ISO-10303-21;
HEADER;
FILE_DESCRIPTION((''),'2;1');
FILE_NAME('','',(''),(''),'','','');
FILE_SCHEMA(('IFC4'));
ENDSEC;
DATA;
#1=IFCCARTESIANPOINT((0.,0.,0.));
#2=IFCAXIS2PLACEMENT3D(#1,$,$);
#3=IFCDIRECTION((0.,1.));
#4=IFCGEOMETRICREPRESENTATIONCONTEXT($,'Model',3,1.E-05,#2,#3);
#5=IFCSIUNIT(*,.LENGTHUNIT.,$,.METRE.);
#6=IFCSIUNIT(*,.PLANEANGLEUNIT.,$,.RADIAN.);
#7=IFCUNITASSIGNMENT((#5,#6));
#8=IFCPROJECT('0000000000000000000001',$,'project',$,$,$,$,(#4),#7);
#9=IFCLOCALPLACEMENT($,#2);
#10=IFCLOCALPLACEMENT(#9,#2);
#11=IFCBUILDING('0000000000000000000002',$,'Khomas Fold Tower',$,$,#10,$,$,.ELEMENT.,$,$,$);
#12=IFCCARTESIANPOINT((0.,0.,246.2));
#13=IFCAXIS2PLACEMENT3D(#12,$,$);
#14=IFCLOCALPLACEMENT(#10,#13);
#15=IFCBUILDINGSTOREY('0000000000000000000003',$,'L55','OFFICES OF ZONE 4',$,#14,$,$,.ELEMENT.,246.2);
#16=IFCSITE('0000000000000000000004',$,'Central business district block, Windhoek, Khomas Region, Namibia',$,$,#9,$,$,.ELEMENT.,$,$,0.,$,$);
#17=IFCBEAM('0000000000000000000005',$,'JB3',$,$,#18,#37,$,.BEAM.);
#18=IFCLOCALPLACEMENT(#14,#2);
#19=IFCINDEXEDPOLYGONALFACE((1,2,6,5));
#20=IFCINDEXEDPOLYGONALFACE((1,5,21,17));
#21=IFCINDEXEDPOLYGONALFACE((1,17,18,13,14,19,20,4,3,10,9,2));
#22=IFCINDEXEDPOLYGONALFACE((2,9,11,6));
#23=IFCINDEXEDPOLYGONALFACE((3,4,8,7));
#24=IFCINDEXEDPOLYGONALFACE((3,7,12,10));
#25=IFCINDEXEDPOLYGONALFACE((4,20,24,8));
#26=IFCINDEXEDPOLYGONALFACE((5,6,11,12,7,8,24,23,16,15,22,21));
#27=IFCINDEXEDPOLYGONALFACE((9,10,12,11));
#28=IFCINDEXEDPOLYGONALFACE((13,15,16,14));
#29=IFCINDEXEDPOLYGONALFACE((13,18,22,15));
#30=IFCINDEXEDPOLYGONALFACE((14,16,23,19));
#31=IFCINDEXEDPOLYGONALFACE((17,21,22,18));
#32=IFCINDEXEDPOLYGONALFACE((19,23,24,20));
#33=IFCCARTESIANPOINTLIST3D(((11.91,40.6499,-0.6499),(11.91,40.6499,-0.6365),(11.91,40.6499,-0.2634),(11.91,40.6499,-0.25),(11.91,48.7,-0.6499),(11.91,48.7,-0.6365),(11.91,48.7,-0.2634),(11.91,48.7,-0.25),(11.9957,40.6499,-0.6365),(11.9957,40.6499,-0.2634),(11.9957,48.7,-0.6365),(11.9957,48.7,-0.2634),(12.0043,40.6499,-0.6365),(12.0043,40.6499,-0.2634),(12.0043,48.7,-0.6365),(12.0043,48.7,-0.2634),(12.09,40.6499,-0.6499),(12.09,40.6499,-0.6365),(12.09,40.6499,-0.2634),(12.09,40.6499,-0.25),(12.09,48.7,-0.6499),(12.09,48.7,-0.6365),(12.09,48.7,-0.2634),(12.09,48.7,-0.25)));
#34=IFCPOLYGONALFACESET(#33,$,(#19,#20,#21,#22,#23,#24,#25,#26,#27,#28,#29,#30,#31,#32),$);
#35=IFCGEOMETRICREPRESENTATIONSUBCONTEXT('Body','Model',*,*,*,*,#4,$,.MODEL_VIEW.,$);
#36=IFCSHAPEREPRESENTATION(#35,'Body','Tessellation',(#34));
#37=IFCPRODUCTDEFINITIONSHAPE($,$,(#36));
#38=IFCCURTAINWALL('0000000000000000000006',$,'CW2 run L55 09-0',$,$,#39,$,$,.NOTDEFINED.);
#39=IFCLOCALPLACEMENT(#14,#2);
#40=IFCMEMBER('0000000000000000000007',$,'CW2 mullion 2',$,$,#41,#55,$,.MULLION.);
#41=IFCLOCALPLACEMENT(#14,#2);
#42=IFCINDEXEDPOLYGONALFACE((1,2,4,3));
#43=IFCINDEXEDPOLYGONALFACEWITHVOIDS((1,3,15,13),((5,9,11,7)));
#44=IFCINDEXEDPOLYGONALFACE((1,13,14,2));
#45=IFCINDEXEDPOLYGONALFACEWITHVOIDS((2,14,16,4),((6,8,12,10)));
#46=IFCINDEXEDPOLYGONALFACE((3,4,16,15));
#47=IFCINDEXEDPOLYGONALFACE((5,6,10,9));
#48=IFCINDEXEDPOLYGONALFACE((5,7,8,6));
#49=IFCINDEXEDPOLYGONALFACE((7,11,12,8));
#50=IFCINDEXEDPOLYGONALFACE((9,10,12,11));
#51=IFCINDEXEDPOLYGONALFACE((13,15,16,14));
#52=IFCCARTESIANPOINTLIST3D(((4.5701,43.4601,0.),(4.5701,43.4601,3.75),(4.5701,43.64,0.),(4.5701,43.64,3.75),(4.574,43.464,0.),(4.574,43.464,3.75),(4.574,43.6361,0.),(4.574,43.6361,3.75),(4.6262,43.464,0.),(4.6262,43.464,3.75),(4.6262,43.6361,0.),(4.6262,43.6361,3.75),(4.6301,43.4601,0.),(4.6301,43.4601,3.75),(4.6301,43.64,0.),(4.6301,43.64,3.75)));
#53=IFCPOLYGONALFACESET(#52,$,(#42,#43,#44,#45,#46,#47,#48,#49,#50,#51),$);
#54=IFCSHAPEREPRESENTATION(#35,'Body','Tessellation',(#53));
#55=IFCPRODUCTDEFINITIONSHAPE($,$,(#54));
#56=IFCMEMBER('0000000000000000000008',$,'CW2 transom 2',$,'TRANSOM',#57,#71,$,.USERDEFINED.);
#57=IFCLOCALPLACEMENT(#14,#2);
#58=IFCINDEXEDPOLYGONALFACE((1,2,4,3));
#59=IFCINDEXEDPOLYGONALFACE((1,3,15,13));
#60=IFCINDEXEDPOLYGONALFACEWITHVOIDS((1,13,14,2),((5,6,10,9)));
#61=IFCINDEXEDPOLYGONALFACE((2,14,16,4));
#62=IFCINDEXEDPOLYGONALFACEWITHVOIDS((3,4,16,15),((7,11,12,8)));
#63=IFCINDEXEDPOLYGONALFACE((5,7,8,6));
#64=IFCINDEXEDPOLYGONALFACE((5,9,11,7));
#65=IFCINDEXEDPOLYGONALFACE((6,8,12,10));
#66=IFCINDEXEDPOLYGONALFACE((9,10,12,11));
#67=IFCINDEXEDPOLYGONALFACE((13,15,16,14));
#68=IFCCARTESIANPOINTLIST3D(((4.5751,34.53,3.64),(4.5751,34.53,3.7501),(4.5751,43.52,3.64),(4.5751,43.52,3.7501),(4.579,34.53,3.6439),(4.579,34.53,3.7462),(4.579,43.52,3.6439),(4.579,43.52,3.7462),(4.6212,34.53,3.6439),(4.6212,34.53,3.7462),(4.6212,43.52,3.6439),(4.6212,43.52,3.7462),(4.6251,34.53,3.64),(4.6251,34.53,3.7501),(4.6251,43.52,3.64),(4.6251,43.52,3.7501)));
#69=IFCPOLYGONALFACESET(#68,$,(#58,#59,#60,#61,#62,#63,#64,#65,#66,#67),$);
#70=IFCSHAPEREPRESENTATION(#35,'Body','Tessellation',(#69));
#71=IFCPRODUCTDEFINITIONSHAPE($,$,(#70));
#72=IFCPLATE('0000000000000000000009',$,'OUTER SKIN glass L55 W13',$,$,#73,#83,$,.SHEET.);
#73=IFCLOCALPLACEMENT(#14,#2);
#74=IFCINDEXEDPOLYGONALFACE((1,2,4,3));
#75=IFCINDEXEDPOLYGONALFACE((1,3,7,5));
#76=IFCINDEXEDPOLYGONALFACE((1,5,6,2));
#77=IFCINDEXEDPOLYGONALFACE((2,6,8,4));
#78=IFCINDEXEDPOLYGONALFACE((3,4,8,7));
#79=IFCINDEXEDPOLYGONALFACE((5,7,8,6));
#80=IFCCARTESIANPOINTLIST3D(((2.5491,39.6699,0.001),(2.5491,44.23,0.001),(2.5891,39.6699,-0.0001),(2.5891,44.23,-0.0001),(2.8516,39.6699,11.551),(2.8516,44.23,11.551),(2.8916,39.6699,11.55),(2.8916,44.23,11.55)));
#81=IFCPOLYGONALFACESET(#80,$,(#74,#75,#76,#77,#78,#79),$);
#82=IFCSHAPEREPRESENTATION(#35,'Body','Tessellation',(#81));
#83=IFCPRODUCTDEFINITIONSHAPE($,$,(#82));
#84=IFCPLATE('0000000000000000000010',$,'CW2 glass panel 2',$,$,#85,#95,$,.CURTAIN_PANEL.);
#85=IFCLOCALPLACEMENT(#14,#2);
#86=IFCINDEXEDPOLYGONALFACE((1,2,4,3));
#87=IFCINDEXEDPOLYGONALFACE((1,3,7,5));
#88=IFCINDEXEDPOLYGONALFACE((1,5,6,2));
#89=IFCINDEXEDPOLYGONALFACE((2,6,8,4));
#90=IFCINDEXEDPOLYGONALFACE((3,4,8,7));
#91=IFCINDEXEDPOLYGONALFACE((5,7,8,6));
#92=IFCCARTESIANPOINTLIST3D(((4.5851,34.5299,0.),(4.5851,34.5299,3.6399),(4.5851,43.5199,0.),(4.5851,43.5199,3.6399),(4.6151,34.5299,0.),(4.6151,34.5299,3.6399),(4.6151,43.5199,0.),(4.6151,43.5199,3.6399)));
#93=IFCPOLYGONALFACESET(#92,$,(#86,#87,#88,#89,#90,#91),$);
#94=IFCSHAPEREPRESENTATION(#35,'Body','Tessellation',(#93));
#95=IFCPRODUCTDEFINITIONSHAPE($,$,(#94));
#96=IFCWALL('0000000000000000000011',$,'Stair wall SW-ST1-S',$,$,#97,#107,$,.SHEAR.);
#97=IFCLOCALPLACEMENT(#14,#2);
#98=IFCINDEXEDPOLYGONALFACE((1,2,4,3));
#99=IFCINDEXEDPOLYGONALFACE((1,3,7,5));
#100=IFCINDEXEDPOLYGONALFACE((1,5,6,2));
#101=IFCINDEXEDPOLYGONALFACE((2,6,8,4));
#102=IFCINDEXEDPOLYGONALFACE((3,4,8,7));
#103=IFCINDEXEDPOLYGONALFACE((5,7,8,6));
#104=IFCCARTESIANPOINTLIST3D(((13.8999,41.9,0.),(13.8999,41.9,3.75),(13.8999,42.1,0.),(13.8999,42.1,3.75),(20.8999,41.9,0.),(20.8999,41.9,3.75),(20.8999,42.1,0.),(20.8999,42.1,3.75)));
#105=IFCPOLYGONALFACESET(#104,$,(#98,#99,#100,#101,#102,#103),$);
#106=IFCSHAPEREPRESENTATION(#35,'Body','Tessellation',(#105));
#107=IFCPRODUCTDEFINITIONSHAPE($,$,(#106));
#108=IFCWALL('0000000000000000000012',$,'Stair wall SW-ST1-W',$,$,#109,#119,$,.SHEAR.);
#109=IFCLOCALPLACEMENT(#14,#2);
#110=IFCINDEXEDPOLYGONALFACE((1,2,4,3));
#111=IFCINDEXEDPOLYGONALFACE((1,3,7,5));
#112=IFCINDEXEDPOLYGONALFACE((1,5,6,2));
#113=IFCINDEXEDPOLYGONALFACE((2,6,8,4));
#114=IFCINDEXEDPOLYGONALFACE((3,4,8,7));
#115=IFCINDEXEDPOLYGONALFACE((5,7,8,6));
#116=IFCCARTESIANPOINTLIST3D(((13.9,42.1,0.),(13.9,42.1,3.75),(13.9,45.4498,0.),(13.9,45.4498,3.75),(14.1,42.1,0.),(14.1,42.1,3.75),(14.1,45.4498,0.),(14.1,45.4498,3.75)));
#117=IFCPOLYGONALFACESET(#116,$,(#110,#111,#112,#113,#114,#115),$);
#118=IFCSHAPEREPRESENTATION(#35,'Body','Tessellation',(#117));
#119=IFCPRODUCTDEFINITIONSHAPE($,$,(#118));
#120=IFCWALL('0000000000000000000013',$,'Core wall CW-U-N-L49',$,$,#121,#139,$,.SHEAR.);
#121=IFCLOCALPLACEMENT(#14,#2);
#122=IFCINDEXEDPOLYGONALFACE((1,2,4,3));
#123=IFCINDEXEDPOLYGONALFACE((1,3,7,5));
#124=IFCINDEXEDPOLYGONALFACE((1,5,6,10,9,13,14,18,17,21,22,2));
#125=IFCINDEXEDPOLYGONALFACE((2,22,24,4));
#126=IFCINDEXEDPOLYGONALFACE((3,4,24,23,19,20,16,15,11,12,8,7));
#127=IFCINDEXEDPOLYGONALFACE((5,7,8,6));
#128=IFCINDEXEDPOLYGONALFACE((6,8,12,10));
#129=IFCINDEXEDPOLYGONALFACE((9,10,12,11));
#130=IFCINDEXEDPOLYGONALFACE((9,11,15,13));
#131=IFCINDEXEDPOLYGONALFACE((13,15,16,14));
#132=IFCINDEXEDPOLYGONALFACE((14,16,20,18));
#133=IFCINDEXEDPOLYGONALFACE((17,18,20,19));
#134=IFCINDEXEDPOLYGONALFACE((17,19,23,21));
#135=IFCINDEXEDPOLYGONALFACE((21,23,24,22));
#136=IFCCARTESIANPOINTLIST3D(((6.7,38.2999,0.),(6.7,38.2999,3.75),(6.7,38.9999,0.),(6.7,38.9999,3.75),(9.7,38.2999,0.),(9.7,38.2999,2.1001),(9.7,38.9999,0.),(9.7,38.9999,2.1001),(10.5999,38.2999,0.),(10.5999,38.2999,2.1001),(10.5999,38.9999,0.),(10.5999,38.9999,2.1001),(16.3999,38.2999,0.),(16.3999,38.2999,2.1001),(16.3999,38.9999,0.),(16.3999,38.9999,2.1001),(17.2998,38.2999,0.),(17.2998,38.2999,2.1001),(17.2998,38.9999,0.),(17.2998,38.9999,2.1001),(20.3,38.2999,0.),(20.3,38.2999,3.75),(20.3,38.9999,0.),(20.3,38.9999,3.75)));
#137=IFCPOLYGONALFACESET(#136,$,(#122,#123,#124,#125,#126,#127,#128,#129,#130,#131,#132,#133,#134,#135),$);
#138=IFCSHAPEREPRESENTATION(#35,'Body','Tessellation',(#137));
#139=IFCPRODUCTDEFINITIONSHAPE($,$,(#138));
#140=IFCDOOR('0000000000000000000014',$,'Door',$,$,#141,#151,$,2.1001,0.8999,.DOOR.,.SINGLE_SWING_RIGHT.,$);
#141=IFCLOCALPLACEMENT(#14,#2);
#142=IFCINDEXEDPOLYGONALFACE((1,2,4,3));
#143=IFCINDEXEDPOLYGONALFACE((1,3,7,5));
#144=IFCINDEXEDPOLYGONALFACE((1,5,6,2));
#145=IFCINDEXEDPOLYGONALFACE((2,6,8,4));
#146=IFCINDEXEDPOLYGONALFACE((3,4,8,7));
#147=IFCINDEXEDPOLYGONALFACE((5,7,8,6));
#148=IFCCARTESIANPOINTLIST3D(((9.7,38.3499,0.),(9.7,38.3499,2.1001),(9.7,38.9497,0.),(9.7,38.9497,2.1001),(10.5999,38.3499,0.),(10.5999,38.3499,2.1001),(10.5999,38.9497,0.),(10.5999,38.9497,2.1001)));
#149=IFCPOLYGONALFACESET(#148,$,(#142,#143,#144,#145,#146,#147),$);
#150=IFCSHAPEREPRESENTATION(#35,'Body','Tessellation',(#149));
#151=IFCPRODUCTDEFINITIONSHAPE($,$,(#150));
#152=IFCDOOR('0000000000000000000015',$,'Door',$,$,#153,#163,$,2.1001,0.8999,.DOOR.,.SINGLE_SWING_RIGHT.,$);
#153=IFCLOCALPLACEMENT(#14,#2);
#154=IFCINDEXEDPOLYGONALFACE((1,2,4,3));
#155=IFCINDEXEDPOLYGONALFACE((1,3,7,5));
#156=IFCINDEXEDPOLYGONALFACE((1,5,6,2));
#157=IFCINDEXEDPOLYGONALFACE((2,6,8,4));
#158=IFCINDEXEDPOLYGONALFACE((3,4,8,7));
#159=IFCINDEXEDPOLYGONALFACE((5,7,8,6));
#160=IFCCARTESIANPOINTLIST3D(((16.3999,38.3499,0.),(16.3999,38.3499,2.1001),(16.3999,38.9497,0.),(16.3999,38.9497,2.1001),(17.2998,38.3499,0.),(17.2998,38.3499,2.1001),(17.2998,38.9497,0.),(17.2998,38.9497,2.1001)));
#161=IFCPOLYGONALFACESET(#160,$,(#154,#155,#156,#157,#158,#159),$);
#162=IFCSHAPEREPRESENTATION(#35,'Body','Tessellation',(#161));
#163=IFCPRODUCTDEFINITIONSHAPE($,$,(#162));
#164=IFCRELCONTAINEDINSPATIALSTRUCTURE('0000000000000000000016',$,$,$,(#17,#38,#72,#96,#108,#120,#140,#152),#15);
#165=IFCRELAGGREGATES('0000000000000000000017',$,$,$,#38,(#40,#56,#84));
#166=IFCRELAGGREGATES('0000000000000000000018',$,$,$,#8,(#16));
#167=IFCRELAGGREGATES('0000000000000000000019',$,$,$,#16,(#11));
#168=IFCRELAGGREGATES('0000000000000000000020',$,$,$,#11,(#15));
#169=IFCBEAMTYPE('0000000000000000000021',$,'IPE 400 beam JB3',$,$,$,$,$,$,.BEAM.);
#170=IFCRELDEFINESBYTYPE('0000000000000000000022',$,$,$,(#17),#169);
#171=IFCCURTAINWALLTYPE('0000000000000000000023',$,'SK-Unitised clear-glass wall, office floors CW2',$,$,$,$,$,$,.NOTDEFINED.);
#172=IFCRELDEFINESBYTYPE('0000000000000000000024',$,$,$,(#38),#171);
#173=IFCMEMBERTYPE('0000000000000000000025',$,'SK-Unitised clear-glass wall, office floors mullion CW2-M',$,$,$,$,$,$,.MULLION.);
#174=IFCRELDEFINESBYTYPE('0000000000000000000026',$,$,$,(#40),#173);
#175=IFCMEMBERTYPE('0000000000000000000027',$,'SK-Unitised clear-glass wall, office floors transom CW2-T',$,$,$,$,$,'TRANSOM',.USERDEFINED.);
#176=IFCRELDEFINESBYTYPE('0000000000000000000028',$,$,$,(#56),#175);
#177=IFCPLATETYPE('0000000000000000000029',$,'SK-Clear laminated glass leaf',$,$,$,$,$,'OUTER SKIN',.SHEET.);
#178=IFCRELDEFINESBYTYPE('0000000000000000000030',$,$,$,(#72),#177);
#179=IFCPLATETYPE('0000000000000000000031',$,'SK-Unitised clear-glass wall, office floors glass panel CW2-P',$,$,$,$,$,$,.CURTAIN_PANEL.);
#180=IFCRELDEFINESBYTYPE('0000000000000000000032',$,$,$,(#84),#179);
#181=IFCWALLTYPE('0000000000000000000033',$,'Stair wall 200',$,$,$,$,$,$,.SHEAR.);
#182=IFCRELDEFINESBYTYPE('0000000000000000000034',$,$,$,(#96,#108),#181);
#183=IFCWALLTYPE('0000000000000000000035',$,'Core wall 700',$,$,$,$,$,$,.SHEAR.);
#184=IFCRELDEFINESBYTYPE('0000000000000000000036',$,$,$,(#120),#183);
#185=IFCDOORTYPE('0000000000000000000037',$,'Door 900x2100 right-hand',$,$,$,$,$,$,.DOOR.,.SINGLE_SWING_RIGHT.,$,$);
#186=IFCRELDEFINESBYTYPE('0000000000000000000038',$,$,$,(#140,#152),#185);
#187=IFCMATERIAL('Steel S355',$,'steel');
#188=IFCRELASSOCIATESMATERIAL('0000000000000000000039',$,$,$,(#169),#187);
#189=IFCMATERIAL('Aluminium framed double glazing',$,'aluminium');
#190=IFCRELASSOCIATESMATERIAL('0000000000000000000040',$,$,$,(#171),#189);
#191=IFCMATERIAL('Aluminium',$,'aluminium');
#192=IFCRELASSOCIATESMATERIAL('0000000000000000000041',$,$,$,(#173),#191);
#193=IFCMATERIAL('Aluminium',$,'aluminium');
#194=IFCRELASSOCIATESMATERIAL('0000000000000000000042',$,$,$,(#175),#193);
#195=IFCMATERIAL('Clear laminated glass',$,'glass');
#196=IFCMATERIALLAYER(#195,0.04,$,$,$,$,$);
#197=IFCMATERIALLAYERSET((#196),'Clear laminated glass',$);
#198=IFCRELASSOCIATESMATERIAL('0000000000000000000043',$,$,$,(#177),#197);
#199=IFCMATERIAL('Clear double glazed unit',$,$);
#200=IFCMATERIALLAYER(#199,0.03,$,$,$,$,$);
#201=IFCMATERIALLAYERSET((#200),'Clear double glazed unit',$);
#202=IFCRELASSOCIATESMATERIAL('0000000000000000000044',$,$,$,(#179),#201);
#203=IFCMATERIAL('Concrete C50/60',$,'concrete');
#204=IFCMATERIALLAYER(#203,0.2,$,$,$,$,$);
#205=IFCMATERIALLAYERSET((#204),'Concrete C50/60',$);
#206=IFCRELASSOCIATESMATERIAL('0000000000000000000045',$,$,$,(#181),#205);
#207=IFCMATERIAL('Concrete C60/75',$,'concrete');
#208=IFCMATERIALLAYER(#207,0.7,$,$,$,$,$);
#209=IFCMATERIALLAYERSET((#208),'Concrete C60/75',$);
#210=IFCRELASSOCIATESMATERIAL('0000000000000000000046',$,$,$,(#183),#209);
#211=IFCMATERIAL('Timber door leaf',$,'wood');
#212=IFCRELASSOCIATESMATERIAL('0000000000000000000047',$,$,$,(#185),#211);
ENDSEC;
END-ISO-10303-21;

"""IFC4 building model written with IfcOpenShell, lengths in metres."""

from ifc_helpers import new_model, si_unit, direction, frame, frame_2d, origin, origin_2d, place, context, subcontext, project, spatial, polyline, rectangle, hollow_rectangle, i_section, outline, extrude, source, transform, mapped, material, layer, layer_set, material_profile, profile_set, type_object, element, fill, aggregate, save


model = new_model("IFC4")

# Units and contexts
model_context = context("Model", 3, precision=1e-05, world=origin(), true_north=direction((0.0, 1.0)))
body_context = subcontext(model_context, "Body", "Model", "MODEL_VIEW")
ifc_project = project(units=[si_unit("LENGTHUNIT", "METRE"), si_unit("PLANEANGLEUNIT", "RADIAN")], contexts=[model_context])

# Site, building, storey
site_placement = place(None, origin())
site = spatial("IfcSite", under=ifc_project, at=site_placement, Name="Central business district block, Windhoek, Khomas Region, Namibia", CompositionType="ELEMENT", RefElevation=0.0)
building_placement = place(site_placement, origin())
building = spatial("IfcBuilding", under=site, at=building_placement, Name="Khomas Fold Tower", CompositionType="ELEMENT")
storey_placement = place(building_placement, frame((0.0, 0.0, 246.2)))
storey = spatial("IfcBuildingStorey", under=building, at=storey_placement, Name="L55", Description="OFFICES OF ZONE 4", CompositionType="ELEMENT", Elevation=246.2)

# Beam
ifc_material_1 = material(Name="Steel S355", Category="steel")
ifc_material_profile_1 = material_profile(ifc_material_1, i_section(OverallWidth=0.1799, OverallDepth=0.3999, WebThickness=0.0085, FlangeThickness=0.0134, at=origin_2d()), Name="IPE 400")
ifc_profile_set_1 = profile_set([ifc_material_profile_1], Name="Steel S355")
beam_type_1 = type_object("IfcBeamType", Name="IPE 400 beam JB3", PredefinedType="BEAM", material=ifc_profile_set_1)
shared_shape_1 = source(origin(), body_context, "Body", "SweptSolid", [
    extrude(i_section(OverallWidth=0.1799, OverallDepth=0.3999, WebThickness=0.0085, FlangeThickness=0.0134, at=origin_2d()), origin(), (0.0, 0.0, 1.0), 8.05),
])
beam_1_placement = place(storey_placement, frame((12.0, 40.6499, -0.45), z_axis=(0.0, 1.0, 0.0), x_axis=(-1.0, 0.0, 0.0)))
element("IfcBeam", 1, at=beam_1_placement, inside=storey, type_object=beam_type_1, Name="JB3", PredefinedType="BEAM", context=body_context, shape_type="MappedRepresentation", body=[
    mapped(shared_shape_1, transform((0.0, 0.0, 0.0))),
])

# Curtain wall, members
ifc_material_2 = material(Name="Aluminium framed double glazing", Category="aluminium")
curtain_wall_type = type_object("IfcCurtainWallType", Name="SK-Unitised clear-glass wall, office floors CW2", PredefinedType="NOTDEFINED", material=ifc_material_2)
curtain_wall_placement = place(storey_placement, origin())
curtain_wall = element("IfcCurtainWall", 2, at=curtain_wall_placement, inside=storey, type_object=curtain_wall_type, Name="CW2 run L55 09-0", PredefinedType="NOTDEFINED")
ifc_material_3 = material(Name="Aluminium", Category="aluminium")
ifc_material_profile_2 = material_profile(ifc_material_3, hollow_rectangle(XDim=0.0601, YDim=0.1799, WallThickness=0.0039, at=origin_2d()), Name="SK-Unitised clear-glass wall, office floors mullion CW2-M")
ifc_profile_set_2 = profile_set([ifc_material_profile_2], Name="Aluminium")
member_type_1 = type_object("IfcMemberType", Name="SK-Unitised clear-glass wall, office floors mullion CW2-M", PredefinedType="MULLION", material=ifc_profile_set_2)
shared_shape_2 = source(origin(), body_context, "Body", "SweptSolid", [
    extrude(hollow_rectangle(XDim=0.0601, YDim=0.1799, WallThickness=0.0039, at=origin_2d()), origin(), (0.0, 0.0, 1.0), 3.75),
])
member_1_placement = place(storey_placement, frame((4.6001, 43.55, 0.0), z_axis=(0.0, 0.0, 1.0), x_axis=(1.0, 0.0, 0.0)))
member_1 = element("IfcMember", 3, at=member_1_placement, type_object=member_type_1, Name="CW2 mullion 2", PredefinedType="MULLION", context=body_context, shape_type="MappedRepresentation", body=[
    mapped(shared_shape_2, transform((0.0, 0.0, 0.0))),
])
ifc_material_4 = material(Name="Aluminium", Category="aluminium")
ifc_material_profile_3 = material_profile(ifc_material_4, hollow_rectangle(XDim=0.05, YDim=0.1101, WallThickness=0.0039, at=origin_2d()), Name="SK-Unitised clear-glass wall, office floors transom CW2-T")
ifc_profile_set_3 = profile_set([ifc_material_profile_3], Name="Aluminium")
member_type_2 = type_object("IfcMemberType", Name="SK-Unitised clear-glass wall, office floors transom CW2-T", ElementType="TRANSOM", PredefinedType="USERDEFINED", material=ifc_profile_set_3)
shared_shape_3 = source(origin(), body_context, "Body", "SweptSolid", [
    extrude(hollow_rectangle(XDim=0.05, YDim=0.1101, WallThickness=0.0039, at=origin_2d()), origin(), (0.0, 0.0, 1.0), 8.99),
])
member_2_placement = place(storey_placement, frame((4.6001, 43.52, 3.6951), z_axis=(0.0, -1.0, 0.0), x_axis=(1.0, 0.0, 0.0)))
member_2 = element("IfcMember", 4, at=member_2_placement, type_object=member_type_2, Name="CW2 transom 2", ObjectType="TRANSOM", PredefinedType="USERDEFINED", context=body_context, shape_type="MappedRepresentation", body=[
    mapped(shared_shape_3, transform((0.0, 0.0, 0.0))),
])

# Plates
ifc_material_5 = material(Name="Clear laminated glass", Category="glass")
ifc_layer_1 = layer(ifc_material_5, 0.04)
ifc_layer_set_1 = layer_set([ifc_layer_1], Name="Clear laminated glass")
plate_type_1 = type_object("IfcPlateType", Name="SK-Clear laminated glass leaf", ElementType="OUTER SKIN", PredefinedType="SHEET", material=ifc_layer_set_1)
plate_1_placement = place(storey_placement, frame((2.5491, 39.6699, 0.001), z_axis=(-0.999657, 0.0, 0.026181), x_axis=(0.0, 1.0, 0.0)))
element("IfcPlate", 5, at=plate_1_placement, inside=storey, type_object=plate_type_1, Name="OUTER SKIN glass L55 W13", PredefinedType="SHEET", context=body_context, shape_type="SweptSolid", body=[
    extrude(outline(polyline([(0.0, 0.0), (4.5601, 0.0), (4.5601, -11.554), (0.0, -11.554), (0.0, 0.0)])), origin(), (0.0, 0.0, -1.0), 0.04),
])
ifc_material_6 = material(Name="Clear double glazed unit")
ifc_layer_2 = layer(ifc_material_6, 0.03)
ifc_layer_set_2 = layer_set([ifc_layer_2], Name="Clear double glazed unit")
plate_type_2 = type_object("IfcPlateType", Name="SK-Unitised clear-glass wall, office floors glass panel CW2-P", PredefinedType="CURTAIN_PANEL", material=ifc_layer_set_2)
shared_shape_4 = source(origin(), body_context, "Body", "SweptSolid", [
    extrude(rectangle(XDim=8.99, YDim=0.03, at=origin_2d()), origin(), (0.0, 0.0, 1.0), 3.6399),
])
plate_2_placement = place(storey_placement, frame((4.6001, 39.0249, 0.0), z_axis=(0.0, 0.0, 1.0), x_axis=(0.0, -1.0, 0.0)))
plate_2 = element("IfcPlate", 6, at=plate_2_placement, type_object=plate_type_2, Name="CW2 glass panel 2", PredefinedType="CURTAIN_PANEL", context=body_context, shape_type="MappedRepresentation", body=[
    mapped(shared_shape_4, transform((0.0, 0.0, 0.0))),
])
aggregate(curtain_wall, [member_1, member_2, plate_2])

# Walls
ifc_material_7 = material(Name="Concrete C50/60", Category="concrete")
ifc_layer_3 = layer(ifc_material_7, 0.2)
ifc_layer_set_3 = layer_set([ifc_layer_3], Name="Concrete C50/60")
wall_type_1 = type_object("IfcWallType", Name="Stair wall 200", PredefinedType="SHEAR", material=ifc_layer_set_3)
shared_shape_5 = source(origin(), body_context, "Body", "SweptSolid", [
    extrude(rectangle(XDim=7.0, YDim=0.2, at=frame_2d((3.5, 0.0))), origin(), (0.0, 0.0, 1.0), 3.75),
])
wall_1_placement = place(storey_placement, frame((13.8999, 42.0, 0.0), z_axis=(0.0, 0.0, 1.0), x_axis=(1.0, 0.0, 0.0)))
element("IfcWall", 7, at=wall_1_placement, inside=storey, type_object=wall_type_1, Name="Stair wall SW-ST1-S", PredefinedType="SHEAR", context=body_context, shape_type="MappedRepresentation", body=[
    mapped(shared_shape_5, transform((0.0, 0.0, 0.0))),
])
shared_shape_6 = source(origin(), body_context, "Body", "SweptSolid", [
    extrude(rectangle(XDim=3.3499, YDim=0.2, at=frame_2d((1.6748, 0.0))), origin(), (0.0, 0.0, 1.0), 3.75),
])
wall_2_placement = place(storey_placement, frame((14.0, 42.1001, 0.0), z_axis=(0.0, 0.0, 1.0), x_axis=(0.0, 1.0, 0.0)))
element("IfcWall", 8, at=wall_2_placement, inside=storey, type_object=wall_type_1, Name="Stair wall SW-ST1-W", PredefinedType="SHEAR", context=body_context, shape_type="MappedRepresentation", body=[
    mapped(shared_shape_6, transform((0.0, 0.0, 0.0))),
])

# Wall, openings, doors
ifc_material_8 = material(Name="Concrete C60/75", Category="concrete")
ifc_layer_4 = layer(ifc_material_8, 0.7)
ifc_layer_set_4 = layer_set([ifc_layer_4], Name="Concrete C60/75")
wall_type_2 = type_object("IfcWallType", Name="Core wall 700", PredefinedType="SHEAR", material=ifc_layer_set_4)
shared_shape_7 = source(origin(), body_context, "Body", "SweptSolid", [
    extrude(rectangle(XDim=13.6001, YDim=0.7, at=frame_2d((6.8, 0.0))), origin(), (0.0, 0.0, 1.0), 3.75),
])
wall_3_placement = place(storey_placement, frame((6.7, 38.6499, 0.0), z_axis=(0.0, 0.0, 1.0), x_axis=(1.0, 0.0, 0.0)))
wall_3 = element("IfcWall", 9, at=wall_3_placement, inside=storey, type_object=wall_type_2, Name="Core wall CW-U-N-L49", PredefinedType="SHEAR", context=body_context, shape_type="MappedRepresentation", body=[
    mapped(shared_shape_7, transform((0.0, 0.0, 0.0))),
])
shared_shape_8 = source(origin(), body_context, "Body", "SweptSolid", [
    extrude(rectangle(XDim=0.8999, YDim=2.1001, at=frame_2d((0.45, 1.05))), frame((0.0, 0.3599, 0.0), z_axis=(0.0, -1.0, 0.0), x_axis=(1.0, 0.0, 0.0)), (0.0, 0.0, 1.0), 0.72),
])
opening_1_placement = place(wall_3_placement, frame((3.0, 0.0, 0.0)))
opening_1 = element("IfcOpeningElement", 10, at=opening_1_placement, cuts=wall_3, PredefinedType="OPENING", context=body_context, shape_type="MappedRepresentation", body=[
    mapped(shared_shape_8, transform((0.0, 0.0, 0.0))),
])
opening_2_placement = place(wall_3_placement, frame((9.7, 0.0, 0.0)))
opening_2 = element("IfcOpeningElement", 11, at=opening_2_placement, cuts=wall_3, PredefinedType="OPENING", context=body_context, shape_type="MappedRepresentation", body=[
    mapped(shared_shape_8, transform((0.0, 0.0, 0.0))),
])
ifc_material_9 = material(Name="Timber door leaf", Category="wood")
door_type = type_object("IfcDoorType", Name="Door 900x2100 right-hand", OperationType="SINGLE_SWING_RIGHT", PredefinedType="DOOR", material=ifc_material_9)
shared_shape_9 = source(origin(), body_context, "Body", "SweptSolid", [
    extrude(rectangle(XDim=0.8999, YDim=2.1001, at=frame_2d((0.45, 1.05))), frame((0.0, 0.2998, 0.0), z_axis=(0.0, -1.0, 0.0), x_axis=(1.0, 0.0, 0.0)), (0.0, 0.0, 1.0), 0.5999),
])
door_1_placement = place(opening_1_placement, origin())
door_1 = element("IfcDoor", 12, at=door_1_placement, inside=storey, type_object=door_type, Name="Door", OperationType="SINGLE_SWING_RIGHT", OverallHeight=2.1001, OverallWidth=0.8999, PredefinedType="DOOR", context=body_context, shape_type="MappedRepresentation", body=[
    mapped(shared_shape_9, transform((0.0, 0.0, 0.0))),
])
fill(opening_1, door_1)
door_2_placement = place(opening_2_placement, origin())
door_2 = element("IfcDoor", 13, at=door_2_placement, inside=storey, type_object=door_type, Name="Door", OperationType="SINGLE_SWING_RIGHT", OverallHeight=2.1001, OverallWidth=0.8999, PredefinedType="DOOR", context=body_context, shape_type="MappedRepresentation", body=[
    mapped(shared_shape_9, transform((0.0, 0.0, 0.0))),
])
fill(opening_2, door_2)

save(model, "model.ifc")
